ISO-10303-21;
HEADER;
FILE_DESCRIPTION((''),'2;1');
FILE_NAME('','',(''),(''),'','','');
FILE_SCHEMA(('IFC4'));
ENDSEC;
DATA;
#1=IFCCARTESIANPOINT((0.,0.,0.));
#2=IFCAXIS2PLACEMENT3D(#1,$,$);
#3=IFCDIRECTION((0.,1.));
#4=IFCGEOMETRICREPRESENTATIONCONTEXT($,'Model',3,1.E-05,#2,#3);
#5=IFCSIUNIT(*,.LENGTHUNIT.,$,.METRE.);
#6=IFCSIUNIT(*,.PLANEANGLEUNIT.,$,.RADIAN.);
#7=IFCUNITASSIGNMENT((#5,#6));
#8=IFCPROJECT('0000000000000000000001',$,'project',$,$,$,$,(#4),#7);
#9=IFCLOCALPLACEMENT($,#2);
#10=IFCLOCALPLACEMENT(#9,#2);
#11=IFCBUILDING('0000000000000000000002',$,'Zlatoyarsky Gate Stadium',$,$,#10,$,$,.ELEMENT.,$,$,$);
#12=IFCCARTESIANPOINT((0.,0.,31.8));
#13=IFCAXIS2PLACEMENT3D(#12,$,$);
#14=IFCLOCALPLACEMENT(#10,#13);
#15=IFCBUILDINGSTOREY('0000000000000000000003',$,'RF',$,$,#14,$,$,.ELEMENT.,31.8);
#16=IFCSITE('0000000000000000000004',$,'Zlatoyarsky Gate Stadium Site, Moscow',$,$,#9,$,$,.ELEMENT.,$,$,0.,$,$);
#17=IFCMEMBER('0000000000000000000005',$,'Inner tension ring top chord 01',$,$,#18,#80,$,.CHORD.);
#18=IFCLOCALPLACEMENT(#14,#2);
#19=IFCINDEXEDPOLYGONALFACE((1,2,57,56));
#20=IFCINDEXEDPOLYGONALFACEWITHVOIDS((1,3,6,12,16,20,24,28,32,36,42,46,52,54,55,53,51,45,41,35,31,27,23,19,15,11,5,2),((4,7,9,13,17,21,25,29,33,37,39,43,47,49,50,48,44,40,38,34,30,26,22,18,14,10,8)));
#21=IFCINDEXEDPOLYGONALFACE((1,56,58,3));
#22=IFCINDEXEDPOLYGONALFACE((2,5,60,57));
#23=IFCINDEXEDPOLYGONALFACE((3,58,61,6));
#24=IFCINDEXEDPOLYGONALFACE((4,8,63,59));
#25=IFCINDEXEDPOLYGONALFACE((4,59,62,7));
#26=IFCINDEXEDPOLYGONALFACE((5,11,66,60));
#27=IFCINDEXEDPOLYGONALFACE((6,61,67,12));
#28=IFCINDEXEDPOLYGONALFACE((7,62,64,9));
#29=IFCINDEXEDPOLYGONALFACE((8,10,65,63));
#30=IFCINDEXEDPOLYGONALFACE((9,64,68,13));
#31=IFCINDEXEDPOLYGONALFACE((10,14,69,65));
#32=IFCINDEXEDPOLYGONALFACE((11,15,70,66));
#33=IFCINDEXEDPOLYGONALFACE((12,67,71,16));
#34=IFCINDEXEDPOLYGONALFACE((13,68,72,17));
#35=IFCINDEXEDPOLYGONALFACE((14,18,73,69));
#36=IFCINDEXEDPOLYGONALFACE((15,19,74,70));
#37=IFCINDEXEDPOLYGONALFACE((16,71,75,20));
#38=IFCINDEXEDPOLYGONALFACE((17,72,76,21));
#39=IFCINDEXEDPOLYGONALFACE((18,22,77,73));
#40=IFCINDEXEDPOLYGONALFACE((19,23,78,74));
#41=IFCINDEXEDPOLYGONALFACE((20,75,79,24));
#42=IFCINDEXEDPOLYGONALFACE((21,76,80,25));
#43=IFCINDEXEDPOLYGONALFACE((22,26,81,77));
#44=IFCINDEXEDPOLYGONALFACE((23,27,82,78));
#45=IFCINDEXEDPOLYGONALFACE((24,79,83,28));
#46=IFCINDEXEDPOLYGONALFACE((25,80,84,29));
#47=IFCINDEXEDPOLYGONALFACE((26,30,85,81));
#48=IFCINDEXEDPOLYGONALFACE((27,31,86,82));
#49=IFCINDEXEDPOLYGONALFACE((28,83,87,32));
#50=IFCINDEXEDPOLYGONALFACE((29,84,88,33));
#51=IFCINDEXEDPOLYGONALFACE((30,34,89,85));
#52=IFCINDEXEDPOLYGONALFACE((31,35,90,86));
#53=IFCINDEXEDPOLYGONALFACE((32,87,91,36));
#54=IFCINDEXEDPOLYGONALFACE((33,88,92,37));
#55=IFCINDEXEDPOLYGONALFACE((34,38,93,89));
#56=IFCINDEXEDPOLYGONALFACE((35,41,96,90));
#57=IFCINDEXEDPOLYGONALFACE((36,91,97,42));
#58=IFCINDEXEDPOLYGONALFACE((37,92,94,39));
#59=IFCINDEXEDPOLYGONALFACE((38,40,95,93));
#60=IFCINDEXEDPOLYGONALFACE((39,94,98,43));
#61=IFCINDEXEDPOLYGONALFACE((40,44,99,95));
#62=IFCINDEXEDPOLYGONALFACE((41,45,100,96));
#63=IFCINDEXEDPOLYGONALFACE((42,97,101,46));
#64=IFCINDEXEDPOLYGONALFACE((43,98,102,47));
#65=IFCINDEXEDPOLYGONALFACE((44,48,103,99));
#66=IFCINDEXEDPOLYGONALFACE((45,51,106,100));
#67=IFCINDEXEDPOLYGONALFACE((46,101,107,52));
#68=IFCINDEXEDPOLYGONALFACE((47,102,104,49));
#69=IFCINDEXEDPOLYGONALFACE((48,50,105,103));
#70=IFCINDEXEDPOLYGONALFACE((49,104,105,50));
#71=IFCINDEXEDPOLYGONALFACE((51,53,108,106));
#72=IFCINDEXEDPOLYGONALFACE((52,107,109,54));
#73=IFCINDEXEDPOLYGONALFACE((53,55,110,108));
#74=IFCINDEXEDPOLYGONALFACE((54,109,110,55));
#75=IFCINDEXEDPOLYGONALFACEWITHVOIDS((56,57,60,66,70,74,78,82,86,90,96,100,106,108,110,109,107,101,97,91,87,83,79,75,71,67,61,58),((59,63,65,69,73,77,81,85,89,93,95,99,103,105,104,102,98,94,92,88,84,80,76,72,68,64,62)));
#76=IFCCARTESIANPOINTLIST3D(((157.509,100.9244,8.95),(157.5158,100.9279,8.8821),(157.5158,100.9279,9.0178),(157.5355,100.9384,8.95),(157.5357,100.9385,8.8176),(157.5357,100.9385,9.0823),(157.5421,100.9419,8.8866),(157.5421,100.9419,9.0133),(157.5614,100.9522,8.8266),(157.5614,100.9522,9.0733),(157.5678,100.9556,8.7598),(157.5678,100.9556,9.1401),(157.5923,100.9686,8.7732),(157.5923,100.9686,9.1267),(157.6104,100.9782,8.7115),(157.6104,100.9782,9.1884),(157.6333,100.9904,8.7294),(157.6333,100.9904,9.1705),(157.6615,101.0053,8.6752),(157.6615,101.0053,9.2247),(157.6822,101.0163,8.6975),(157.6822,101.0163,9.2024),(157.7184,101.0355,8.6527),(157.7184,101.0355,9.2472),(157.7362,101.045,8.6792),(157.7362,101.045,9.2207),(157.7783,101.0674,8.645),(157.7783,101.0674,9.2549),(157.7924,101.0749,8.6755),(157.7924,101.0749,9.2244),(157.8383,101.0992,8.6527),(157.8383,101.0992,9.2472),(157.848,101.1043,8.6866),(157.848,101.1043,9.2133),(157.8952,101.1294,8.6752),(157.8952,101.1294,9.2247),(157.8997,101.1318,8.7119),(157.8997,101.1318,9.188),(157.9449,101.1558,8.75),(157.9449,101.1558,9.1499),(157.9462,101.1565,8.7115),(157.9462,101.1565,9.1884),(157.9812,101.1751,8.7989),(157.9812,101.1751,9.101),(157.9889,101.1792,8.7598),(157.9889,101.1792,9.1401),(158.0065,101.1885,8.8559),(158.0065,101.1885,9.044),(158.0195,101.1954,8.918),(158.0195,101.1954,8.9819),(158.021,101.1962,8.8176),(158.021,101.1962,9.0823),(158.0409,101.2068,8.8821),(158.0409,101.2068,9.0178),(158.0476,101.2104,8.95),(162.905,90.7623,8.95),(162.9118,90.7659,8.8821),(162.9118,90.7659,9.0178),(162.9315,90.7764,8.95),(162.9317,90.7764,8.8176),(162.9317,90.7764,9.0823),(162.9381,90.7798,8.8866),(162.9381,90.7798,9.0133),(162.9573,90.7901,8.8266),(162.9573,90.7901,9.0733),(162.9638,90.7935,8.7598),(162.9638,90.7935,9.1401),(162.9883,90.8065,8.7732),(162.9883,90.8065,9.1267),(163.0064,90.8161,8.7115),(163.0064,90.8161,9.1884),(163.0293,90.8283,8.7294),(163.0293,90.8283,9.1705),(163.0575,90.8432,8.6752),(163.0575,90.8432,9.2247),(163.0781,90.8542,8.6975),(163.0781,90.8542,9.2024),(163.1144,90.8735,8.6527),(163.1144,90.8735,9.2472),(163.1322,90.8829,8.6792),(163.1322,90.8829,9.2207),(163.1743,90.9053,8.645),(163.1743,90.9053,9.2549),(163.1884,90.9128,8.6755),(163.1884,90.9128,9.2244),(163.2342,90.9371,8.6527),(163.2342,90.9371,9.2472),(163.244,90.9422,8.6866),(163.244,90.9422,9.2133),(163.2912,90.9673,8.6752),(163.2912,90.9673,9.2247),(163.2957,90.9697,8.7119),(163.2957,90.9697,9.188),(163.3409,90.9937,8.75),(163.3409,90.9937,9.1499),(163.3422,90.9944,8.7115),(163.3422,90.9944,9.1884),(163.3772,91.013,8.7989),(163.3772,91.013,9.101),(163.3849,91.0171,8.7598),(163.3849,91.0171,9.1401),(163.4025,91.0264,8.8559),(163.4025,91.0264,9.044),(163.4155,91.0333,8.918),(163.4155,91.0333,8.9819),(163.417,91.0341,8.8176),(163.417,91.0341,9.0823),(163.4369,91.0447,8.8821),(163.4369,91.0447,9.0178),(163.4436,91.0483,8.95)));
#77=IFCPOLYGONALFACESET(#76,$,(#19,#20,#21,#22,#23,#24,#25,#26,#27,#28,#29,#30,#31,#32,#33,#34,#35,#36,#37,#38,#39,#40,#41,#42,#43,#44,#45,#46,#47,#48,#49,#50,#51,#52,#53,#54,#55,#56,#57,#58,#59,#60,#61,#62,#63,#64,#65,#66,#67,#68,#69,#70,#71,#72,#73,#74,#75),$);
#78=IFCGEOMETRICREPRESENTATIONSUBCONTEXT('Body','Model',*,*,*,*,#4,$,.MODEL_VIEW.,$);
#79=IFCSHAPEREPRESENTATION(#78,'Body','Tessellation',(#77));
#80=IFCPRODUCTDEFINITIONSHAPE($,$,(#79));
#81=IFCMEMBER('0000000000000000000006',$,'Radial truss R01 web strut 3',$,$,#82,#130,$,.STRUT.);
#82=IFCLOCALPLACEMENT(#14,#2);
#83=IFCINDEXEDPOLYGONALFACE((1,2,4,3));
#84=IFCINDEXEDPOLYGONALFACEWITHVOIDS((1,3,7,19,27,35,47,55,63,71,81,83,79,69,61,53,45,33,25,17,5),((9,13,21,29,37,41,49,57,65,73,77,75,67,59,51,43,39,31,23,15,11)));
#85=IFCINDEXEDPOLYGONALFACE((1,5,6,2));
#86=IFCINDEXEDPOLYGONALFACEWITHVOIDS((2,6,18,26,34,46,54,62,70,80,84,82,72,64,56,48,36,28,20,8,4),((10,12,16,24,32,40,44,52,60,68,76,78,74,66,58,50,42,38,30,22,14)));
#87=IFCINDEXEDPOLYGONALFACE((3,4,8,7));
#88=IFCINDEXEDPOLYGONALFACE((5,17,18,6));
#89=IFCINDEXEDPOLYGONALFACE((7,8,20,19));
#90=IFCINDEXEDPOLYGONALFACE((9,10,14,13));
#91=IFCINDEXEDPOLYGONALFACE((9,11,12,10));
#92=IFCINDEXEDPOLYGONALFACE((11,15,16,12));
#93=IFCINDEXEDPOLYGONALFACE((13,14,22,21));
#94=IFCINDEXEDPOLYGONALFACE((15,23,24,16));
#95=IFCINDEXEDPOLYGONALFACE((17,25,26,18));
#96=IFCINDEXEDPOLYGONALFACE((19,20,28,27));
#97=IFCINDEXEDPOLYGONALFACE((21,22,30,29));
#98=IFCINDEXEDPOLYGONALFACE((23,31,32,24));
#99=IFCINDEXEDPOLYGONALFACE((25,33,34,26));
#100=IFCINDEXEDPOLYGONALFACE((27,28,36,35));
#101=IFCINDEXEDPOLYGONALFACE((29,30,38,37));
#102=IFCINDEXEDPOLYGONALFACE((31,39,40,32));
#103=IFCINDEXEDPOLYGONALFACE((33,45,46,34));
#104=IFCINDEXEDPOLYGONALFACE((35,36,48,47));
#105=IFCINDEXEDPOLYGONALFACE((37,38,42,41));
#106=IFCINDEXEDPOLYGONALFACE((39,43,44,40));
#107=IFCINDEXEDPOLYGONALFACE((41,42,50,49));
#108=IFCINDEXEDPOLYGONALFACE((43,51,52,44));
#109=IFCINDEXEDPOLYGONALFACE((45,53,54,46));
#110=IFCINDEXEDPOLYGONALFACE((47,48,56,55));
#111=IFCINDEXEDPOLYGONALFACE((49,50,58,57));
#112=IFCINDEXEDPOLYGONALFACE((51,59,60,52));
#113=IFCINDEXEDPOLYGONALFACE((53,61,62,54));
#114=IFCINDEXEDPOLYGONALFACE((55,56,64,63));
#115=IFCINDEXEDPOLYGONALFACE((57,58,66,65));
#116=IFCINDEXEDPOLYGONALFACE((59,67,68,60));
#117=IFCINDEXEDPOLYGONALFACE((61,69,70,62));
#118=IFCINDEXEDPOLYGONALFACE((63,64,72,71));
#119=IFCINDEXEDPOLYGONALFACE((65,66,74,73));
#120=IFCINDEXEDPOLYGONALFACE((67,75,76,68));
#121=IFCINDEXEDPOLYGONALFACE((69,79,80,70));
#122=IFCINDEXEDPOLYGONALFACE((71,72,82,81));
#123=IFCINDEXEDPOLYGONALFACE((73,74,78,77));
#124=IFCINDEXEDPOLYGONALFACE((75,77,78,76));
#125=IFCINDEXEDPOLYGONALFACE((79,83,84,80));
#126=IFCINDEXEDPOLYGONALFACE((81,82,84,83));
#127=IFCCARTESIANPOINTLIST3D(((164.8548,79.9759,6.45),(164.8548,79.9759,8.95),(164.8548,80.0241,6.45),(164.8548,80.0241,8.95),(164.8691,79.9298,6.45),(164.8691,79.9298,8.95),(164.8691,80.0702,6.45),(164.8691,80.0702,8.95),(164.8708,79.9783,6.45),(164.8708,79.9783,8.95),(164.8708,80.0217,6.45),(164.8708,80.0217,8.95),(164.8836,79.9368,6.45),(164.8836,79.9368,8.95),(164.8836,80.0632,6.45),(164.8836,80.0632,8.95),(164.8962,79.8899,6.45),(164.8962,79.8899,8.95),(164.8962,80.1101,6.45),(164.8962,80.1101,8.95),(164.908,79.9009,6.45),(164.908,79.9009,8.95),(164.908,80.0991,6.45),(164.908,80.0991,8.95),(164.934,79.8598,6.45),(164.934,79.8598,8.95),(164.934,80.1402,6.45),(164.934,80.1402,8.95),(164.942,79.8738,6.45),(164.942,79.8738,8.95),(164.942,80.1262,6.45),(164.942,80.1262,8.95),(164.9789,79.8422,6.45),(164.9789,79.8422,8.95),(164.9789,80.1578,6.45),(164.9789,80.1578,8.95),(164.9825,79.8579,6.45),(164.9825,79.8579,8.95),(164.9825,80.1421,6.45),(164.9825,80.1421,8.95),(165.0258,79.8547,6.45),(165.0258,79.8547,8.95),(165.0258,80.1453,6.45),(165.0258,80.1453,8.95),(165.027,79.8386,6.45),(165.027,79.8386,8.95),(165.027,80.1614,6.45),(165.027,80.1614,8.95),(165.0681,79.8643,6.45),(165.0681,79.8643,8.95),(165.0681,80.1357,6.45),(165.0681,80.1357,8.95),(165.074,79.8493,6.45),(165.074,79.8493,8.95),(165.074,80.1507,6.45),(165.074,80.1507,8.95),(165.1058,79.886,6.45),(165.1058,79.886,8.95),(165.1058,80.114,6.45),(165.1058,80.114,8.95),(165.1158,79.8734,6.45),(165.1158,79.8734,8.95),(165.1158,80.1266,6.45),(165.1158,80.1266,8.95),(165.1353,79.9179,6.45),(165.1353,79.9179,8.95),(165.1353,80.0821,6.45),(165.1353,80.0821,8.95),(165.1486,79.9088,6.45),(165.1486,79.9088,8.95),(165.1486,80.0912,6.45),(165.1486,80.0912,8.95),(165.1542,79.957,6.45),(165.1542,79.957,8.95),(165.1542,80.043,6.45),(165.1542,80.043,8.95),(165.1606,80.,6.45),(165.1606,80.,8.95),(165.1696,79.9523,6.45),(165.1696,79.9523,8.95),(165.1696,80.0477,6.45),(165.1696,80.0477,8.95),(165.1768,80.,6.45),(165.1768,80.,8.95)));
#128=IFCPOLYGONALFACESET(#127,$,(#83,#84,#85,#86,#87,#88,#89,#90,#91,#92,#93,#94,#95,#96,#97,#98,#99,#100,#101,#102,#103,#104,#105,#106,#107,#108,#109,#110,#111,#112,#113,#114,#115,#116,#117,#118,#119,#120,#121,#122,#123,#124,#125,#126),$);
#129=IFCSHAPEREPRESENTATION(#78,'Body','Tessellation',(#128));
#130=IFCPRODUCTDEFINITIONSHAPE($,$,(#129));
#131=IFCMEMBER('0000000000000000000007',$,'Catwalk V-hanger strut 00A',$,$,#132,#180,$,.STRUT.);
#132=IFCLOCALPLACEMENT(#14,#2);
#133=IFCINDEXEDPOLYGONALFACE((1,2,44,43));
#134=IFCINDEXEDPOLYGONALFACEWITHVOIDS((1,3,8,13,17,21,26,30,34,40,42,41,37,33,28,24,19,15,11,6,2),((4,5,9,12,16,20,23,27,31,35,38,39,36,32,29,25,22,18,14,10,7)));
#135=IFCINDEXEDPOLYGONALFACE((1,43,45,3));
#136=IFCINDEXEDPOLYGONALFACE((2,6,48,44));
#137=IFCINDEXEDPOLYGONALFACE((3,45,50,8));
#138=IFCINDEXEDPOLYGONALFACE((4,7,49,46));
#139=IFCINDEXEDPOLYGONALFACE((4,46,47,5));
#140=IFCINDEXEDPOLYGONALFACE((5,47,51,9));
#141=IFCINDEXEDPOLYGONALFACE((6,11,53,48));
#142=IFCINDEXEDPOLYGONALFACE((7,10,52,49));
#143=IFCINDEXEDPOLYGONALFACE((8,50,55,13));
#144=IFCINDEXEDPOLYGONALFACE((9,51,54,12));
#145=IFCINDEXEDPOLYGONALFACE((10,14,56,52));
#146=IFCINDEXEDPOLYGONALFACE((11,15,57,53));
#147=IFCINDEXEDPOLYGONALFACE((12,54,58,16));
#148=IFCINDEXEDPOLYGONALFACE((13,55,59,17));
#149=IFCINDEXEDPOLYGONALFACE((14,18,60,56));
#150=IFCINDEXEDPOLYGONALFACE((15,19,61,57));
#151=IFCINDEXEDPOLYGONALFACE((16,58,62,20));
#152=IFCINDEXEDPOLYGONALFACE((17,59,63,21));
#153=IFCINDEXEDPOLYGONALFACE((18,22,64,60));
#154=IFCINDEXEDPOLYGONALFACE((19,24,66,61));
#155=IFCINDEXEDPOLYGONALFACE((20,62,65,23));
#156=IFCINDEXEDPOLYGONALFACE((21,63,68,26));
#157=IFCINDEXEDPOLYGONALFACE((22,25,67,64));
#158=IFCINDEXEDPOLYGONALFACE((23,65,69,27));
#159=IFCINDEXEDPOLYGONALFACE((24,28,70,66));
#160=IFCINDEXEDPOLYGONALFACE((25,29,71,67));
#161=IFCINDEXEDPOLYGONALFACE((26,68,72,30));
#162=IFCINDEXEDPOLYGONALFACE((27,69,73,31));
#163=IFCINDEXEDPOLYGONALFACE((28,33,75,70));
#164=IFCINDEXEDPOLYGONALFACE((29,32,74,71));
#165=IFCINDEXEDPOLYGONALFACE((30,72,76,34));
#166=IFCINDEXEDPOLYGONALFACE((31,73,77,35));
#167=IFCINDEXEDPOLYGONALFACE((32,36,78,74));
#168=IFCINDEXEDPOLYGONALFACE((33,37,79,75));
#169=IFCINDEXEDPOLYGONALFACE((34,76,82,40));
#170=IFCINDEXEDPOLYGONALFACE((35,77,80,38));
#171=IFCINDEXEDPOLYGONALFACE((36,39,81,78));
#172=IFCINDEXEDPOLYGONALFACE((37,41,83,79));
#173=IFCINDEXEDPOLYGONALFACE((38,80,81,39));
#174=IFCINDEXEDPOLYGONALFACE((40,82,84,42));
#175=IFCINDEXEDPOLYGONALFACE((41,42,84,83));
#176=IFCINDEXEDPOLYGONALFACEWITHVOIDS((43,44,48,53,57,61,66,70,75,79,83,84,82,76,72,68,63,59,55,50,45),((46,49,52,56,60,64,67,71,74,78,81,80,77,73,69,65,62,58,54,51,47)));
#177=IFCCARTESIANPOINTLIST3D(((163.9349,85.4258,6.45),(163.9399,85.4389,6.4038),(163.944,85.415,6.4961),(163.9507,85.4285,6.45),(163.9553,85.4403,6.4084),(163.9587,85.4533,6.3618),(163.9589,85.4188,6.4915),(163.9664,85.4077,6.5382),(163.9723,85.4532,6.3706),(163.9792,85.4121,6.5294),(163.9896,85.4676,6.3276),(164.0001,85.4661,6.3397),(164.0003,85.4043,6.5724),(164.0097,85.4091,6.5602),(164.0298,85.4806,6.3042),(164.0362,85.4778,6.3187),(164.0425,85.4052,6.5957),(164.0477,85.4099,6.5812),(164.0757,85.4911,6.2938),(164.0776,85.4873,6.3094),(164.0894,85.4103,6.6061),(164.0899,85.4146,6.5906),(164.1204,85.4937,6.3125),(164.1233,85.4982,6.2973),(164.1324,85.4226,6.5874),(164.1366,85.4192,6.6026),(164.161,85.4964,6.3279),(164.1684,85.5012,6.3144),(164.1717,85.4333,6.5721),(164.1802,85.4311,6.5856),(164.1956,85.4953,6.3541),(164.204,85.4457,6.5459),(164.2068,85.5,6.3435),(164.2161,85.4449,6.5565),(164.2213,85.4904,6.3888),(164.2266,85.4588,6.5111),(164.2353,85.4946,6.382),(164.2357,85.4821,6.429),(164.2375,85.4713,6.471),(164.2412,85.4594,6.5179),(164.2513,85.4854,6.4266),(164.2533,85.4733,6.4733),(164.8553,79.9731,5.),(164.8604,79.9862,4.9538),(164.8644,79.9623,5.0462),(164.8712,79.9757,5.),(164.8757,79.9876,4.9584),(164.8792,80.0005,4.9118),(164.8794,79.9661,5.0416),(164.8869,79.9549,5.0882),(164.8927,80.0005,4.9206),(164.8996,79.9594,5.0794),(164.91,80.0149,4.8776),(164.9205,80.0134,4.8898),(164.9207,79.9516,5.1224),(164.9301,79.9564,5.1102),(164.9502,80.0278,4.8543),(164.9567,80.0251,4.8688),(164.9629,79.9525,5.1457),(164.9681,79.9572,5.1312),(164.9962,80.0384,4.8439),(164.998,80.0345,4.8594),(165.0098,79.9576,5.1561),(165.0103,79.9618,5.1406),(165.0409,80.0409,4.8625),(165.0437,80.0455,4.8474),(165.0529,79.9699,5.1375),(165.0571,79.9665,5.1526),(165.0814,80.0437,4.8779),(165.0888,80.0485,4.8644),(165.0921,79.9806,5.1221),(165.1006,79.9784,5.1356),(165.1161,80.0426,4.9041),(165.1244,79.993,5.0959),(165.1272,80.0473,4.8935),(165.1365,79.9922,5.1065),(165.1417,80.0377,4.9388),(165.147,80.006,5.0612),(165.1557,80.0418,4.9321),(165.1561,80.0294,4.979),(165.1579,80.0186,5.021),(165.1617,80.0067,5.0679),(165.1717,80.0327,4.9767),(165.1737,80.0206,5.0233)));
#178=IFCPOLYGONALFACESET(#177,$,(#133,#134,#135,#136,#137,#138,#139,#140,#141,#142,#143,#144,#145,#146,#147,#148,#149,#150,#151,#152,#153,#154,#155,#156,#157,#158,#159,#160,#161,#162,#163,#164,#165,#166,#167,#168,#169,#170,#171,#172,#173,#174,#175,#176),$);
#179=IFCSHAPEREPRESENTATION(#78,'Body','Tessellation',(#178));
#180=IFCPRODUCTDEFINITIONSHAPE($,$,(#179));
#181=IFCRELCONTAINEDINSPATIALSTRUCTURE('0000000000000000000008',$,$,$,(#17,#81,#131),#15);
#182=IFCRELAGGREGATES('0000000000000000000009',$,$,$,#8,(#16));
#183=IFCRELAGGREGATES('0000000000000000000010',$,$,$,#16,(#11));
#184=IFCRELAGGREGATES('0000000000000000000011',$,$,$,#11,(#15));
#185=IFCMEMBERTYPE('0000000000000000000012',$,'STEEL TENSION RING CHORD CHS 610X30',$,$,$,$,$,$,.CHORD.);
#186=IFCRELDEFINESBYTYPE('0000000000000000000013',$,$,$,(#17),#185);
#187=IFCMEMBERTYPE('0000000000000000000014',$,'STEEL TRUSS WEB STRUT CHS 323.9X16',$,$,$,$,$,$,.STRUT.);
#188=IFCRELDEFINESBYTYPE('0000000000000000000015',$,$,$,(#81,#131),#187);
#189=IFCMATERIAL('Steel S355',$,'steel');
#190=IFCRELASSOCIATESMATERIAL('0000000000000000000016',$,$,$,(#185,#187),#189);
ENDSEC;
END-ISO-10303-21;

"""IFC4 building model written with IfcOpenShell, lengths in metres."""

from ifc_helpers import new_model, si_unit, direction, frame, origin, origin_2d, place, context, subcontext, project, spatial, hollow_circle, extrude, material, material_profile, profile_set, type_object, element, save


model = new_model("IFC4")

# Units and contexts
model_context = context("Model", 3, precision=1e-05, world=origin(), true_north=direction((0.0, 1.0)))
body_context = subcontext(model_context, "Body", "Model", "MODEL_VIEW")
ifc_project = project(units=[si_unit("LENGTHUNIT", "METRE"), si_unit("PLANEANGLEUNIT", "RADIAN")], contexts=[model_context])

# Site, building, storey
site_placement = place(None, origin())
site = spatial("IfcSite", under=ifc_project, at=site_placement, Name="Zlatoyarsky Gate Stadium Site, Moscow", CompositionType="ELEMENT", RefElevation=0.0)
building_placement = place(site_placement, origin())
building = spatial("IfcBuilding", under=site, at=building_placement, Name="Zlatoyarsky Gate Stadium", CompositionType="ELEMENT")
storey_placement = place(building_placement, frame((0.0, 0.0, 31.8)))
storey = spatial("IfcBuildingStorey", under=building, at=storey_placement, Name="RF", CompositionType="ELEMENT", Elevation=31.8)

# Shared definitions
ifc_material = material(Name="Steel S355", Category="steel")

# Members
ifc_material_profile_1 = material_profile(ifc_material, hollow_circle(Radius=0.3049, WallThickness=0.03, at=origin_2d()), Name="CHS 610X30")
ifc_profile_set_1 = profile_set([ifc_material_profile_1], Name="Steel S355")
member_type_1 = type_object("IfcMemberType", Name="STEEL TENSION RING CHORD CHS 610X30", PredefinedType="CHORD", material=ifc_profile_set_1)
member_1_placement = place(storey_placement, frame((163.1743, 90.9053, 8.95), z_axis=(-0.468977, 0.88321, 0.0), x_axis=(-0.88321, -0.468977, 0.0)))
element("IfcMember", 1, at=member_1_placement, inside=storey, type_object=member_type_1, Name="Inner tension ring top chord 01", PredefinedType="CHORD", context=body_context, shape_type="SweptSolid", body=[
    extrude(hollow_circle(Radius=0.3049, WallThickness=0.03, at=origin_2d()), origin(), (0.0, 0.0, 1.0), 11.5059),
])
ifc_material_profile_2 = material_profile(ifc_material, hollow_circle(Radius=0.1619, WallThickness=0.0161, at=origin_2d()), Name="CHS 323.9X16")
ifc_profile_set_2 = profile_set([ifc_material_profile_2], Name="Steel S355")
member_type_2 = type_object("IfcMemberType", Name="STEEL TRUSS WEB STRUT CHS 323.9X16", PredefinedType="STRUT", material=ifc_profile_set_2)
member_2_placement = place(storey_placement, frame((165.0149, 80.0, 6.45), z_axis=(0.0, 0.0, 1.0), x_axis=(1.0, 0.0, 0.0)))
element("IfcMember", 2, at=member_2_placement, inside=storey, type_object=member_type_2, Name="Radial truss R01 web strut 3", PredefinedType="STRUT", context=body_context, shape_type="SweptSolid", body=[
    extrude(hollow_circle(Radius=0.1619, WallThickness=0.0161, at=origin_2d()), origin(), (0.0, 0.0, 1.0), 2.5),
])
member_3_placement = place(storey_placement, frame((165.0149, 80.0, 5.0), z_axis=(-0.161004, 0.953807, 0.253634), x_axis=(-0.986051, -0.166446, 0.0)))
element("IfcMember", 3, at=member_3_placement, inside=storey, type_object=member_type_2, Name="Catwalk V-hanger strut 00A", PredefinedType="STRUT", context=body_context, shape_type="SweptSolid", body=[
    extrude(hollow_circle(Radius=0.1619, WallThickness=0.0161, at=origin_2d()), origin(), (0.0, 0.0, 1.0), 5.7168),
])

save(model, "model.ifc")
